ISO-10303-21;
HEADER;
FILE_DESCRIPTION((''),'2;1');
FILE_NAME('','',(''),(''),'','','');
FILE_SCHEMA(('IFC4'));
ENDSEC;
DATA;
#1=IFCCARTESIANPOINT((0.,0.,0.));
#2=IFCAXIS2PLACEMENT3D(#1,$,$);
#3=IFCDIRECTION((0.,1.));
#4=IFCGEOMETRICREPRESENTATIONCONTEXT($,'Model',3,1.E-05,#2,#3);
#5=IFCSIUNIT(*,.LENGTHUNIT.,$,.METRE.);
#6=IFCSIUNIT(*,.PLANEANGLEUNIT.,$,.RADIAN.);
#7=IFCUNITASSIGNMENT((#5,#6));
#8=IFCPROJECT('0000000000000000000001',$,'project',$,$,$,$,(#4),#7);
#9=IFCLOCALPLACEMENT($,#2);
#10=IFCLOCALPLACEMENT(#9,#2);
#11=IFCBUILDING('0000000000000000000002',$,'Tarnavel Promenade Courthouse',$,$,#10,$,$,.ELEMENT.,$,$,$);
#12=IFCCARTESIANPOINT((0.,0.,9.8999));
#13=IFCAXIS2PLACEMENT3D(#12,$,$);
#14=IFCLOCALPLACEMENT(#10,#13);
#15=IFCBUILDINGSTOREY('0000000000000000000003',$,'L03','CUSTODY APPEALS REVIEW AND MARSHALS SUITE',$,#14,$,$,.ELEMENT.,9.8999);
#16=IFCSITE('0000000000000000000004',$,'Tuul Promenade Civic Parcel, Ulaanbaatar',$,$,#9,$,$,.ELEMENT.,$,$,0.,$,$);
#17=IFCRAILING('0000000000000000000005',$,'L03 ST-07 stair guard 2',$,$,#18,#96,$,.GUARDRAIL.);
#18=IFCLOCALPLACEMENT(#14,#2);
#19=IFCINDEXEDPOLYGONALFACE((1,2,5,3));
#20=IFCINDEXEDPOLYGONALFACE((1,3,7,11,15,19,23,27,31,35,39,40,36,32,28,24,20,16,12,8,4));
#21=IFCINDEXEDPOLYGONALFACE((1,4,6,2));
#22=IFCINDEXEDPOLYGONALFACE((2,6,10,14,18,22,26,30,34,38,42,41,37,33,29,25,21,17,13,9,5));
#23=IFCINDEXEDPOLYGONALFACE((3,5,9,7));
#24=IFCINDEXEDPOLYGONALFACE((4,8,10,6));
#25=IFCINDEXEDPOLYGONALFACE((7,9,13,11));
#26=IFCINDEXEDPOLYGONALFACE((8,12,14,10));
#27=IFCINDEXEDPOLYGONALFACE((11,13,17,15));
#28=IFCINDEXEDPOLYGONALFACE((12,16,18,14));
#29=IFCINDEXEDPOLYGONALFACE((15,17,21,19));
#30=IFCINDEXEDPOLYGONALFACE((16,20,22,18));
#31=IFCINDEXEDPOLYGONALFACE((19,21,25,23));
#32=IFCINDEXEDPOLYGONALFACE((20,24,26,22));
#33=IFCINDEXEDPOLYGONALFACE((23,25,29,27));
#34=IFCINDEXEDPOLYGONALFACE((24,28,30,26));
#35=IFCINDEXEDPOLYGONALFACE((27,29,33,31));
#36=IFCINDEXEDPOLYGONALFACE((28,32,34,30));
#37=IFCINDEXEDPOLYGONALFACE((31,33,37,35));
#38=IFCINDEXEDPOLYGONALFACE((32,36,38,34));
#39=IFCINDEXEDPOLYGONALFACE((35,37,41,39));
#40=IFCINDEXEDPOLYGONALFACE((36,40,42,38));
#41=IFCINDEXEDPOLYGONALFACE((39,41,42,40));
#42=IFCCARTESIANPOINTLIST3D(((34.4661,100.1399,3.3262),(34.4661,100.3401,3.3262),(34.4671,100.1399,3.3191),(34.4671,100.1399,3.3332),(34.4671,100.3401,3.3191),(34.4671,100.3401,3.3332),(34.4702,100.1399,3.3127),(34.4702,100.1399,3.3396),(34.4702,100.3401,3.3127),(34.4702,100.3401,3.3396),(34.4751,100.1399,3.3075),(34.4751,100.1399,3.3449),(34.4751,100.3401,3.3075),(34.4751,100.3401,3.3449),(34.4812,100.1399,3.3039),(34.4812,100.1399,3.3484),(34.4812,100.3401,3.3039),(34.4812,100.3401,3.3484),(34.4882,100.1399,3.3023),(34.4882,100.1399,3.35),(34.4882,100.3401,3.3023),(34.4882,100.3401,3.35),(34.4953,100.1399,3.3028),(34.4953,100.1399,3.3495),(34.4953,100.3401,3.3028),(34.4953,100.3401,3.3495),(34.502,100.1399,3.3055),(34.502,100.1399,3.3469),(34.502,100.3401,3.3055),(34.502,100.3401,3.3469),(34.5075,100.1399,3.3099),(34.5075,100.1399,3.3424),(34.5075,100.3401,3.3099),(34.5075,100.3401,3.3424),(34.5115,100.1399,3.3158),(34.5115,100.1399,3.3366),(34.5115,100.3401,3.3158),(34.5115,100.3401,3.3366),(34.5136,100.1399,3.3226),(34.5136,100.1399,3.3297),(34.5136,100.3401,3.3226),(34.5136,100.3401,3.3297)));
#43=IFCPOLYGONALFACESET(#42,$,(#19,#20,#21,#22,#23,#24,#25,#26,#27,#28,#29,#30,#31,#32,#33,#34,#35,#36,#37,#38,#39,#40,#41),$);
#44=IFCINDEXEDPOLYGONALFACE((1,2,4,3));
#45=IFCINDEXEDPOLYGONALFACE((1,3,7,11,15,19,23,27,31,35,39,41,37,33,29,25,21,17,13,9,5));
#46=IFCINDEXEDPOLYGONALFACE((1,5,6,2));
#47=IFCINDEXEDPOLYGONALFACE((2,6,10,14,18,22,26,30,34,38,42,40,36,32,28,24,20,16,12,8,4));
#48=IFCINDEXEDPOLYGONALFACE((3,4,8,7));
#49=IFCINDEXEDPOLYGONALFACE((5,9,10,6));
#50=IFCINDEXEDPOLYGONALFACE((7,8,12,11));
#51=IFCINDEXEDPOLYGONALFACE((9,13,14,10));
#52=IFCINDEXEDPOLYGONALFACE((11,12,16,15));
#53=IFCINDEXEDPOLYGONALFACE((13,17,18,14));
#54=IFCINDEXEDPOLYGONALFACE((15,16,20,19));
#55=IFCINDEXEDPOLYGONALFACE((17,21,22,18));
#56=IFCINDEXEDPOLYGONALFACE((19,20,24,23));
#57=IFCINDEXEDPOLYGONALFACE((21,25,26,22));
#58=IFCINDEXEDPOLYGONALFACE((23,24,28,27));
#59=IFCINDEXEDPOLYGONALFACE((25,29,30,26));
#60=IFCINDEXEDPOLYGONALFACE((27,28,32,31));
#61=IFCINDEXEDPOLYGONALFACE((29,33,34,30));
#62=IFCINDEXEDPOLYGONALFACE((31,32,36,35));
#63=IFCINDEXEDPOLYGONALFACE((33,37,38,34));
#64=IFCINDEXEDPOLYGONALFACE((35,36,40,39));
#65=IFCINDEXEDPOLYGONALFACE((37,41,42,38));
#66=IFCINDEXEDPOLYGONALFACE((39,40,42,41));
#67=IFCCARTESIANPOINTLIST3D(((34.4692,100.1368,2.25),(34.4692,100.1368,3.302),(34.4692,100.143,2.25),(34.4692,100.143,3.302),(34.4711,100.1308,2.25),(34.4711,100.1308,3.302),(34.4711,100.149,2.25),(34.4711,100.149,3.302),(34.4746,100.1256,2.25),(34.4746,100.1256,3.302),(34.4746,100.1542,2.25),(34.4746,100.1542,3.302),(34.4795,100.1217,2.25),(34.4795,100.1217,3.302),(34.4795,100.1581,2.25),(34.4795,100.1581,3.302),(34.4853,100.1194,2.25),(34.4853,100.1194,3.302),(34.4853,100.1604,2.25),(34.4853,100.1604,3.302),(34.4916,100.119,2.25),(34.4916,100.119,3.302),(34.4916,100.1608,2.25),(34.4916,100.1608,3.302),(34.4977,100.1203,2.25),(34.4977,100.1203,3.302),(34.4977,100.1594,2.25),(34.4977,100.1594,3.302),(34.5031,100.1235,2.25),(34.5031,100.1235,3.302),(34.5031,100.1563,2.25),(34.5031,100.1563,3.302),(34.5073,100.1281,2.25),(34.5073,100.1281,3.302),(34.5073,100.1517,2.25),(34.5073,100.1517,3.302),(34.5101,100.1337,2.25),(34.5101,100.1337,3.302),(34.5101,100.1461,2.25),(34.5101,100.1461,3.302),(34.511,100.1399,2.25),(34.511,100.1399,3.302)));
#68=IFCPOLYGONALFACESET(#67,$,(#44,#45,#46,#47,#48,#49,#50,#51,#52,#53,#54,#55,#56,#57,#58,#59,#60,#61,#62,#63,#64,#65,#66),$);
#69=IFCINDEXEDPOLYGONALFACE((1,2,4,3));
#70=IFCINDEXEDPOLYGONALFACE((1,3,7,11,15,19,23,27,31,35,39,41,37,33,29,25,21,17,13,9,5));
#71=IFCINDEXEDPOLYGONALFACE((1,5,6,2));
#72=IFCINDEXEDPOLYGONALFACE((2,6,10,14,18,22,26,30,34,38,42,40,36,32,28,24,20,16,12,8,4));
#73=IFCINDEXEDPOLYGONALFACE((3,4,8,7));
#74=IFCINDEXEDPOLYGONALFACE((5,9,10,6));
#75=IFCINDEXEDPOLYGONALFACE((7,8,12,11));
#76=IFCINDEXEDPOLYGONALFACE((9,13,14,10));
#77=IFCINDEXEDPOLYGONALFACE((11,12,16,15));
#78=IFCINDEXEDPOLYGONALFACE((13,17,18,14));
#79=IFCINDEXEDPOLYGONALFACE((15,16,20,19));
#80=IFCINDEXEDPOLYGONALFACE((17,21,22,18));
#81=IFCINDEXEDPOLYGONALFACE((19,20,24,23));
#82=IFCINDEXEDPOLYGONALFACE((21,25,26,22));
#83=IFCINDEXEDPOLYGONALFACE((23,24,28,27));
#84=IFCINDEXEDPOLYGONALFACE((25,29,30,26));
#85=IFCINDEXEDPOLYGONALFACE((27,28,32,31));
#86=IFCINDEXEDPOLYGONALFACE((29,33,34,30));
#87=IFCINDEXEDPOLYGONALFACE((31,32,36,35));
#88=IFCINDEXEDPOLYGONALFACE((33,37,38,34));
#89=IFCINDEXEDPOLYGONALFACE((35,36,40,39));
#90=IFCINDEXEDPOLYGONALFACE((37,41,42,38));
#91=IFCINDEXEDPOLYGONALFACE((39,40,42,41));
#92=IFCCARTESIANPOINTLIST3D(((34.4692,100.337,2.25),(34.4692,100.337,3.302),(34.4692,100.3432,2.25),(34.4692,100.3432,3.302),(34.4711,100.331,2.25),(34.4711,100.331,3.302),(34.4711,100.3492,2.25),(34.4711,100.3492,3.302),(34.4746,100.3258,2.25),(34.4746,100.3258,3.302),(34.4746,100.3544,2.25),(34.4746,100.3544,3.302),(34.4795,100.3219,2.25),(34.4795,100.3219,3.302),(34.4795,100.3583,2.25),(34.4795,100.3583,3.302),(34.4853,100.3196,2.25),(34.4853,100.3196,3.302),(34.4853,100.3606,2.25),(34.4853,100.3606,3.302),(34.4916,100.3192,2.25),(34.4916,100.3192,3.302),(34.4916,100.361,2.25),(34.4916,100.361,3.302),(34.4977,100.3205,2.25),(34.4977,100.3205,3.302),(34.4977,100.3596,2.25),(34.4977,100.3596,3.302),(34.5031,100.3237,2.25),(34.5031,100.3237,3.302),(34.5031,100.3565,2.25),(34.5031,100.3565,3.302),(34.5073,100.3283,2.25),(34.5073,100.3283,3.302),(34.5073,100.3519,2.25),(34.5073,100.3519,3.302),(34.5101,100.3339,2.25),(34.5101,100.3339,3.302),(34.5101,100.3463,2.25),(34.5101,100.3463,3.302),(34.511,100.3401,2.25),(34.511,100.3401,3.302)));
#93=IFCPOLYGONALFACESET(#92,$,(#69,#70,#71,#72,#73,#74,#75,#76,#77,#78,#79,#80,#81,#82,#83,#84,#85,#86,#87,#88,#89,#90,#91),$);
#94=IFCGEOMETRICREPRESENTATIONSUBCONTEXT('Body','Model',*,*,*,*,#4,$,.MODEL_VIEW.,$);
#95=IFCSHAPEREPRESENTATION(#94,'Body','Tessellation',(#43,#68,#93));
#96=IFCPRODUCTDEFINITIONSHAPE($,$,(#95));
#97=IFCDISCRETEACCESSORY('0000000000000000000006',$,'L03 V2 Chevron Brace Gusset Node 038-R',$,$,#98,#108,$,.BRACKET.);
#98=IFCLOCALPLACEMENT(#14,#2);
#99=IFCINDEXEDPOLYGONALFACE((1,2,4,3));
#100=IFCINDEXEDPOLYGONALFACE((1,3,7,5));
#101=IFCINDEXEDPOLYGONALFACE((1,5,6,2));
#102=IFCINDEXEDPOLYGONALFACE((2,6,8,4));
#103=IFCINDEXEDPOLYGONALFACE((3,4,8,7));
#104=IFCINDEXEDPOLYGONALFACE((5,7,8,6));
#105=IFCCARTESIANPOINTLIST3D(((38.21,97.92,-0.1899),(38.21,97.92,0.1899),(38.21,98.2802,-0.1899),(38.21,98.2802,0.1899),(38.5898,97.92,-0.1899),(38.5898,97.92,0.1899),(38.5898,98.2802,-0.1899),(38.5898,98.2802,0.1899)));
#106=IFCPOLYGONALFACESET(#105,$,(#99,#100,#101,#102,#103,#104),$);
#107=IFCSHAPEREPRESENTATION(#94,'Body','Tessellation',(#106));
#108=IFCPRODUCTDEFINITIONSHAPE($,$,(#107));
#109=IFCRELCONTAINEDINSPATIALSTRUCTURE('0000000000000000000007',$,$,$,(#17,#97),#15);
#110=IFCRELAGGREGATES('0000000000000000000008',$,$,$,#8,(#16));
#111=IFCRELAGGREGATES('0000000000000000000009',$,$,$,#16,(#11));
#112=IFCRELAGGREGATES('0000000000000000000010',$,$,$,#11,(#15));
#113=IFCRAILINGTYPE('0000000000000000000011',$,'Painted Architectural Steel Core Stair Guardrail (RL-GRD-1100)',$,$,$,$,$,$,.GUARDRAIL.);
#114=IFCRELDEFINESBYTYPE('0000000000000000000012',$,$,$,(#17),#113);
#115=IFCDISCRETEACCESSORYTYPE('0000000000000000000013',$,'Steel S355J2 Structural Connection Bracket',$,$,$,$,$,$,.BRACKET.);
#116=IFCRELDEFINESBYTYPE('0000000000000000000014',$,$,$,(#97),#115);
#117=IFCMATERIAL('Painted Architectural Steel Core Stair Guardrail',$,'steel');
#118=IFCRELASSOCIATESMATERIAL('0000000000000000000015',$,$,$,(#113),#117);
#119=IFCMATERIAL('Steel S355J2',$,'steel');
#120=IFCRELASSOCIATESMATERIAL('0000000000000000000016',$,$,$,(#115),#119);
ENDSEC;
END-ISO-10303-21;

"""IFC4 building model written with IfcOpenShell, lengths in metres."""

from ifc_helpers import new_model, si_unit, direction, frame, origin, origin_2d, place, context, subcontext, project, spatial, rectangle, circle, extrude, material, type_object, element, save


model = new_model("IFC4")

# Units and contexts
model_context = context("Model", 3, precision=1e-05, world=origin(), true_north=direction((0.0, 1.0)))
body_context = subcontext(model_context, "Body", "Model", "MODEL_VIEW")
ifc_project = project(units=[si_unit("LENGTHUNIT", "METRE"), si_unit("PLANEANGLEUNIT", "RADIAN")], contexts=[model_context])

# Site, building, storey
site_placement = place(None, origin())
site = spatial("IfcSite", under=ifc_project, at=site_placement, Name="Tuul Promenade Civic Parcel, Ulaanbaatar", CompositionType="ELEMENT", RefElevation=0.0)
building_placement = place(site_placement, origin())
building = spatial("IfcBuilding", under=site, at=building_placement, Name="Tarnavel Promenade Courthouse", CompositionType="ELEMENT")
storey_placement = place(building_placement, frame((0.0, 0.0, 9.8999)))
storey = spatial("IfcBuildingStorey", under=building, at=storey_placement, Name="L03", Description="CUSTODY APPEALS REVIEW AND MARSHALS SUITE", CompositionType="ELEMENT", Elevation=9.8999)

# Railing
ifc_material_1 = material(Name="Painted Architectural Steel Core Stair Guardrail", Category="steel")
railing_type_1 = type_object("IfcRailingType", Name="Painted Architectural Steel Core Stair Guardrail (RL-GRD-1100)", PredefinedType="GUARDRAIL", material=ifc_material_1)
railing_1_placement = place(storey_placement, frame((34.49, 100.1399, 2.25)))
element("IfcRailing", 1, at=railing_1_placement, inside=storey, type_object=railing_type_1, Name="L03 ST-07 stair guard 2", PredefinedType="GUARDRAIL", context=body_context, shape_type="SweptSolid", body=[
    extrude(circle(Radius=0.0239, at=origin_2d()), frame((0.0, 0.0, 1.0762), z_axis=(0.0, 1.0, 0.0), x_axis=(-1.0, 0.0, 0.0)), (0.0, 0.0, 1.0), 0.2002),
    extrude(circle(Radius=0.021, at=origin_2d()), origin(), (0.0, 0.0, 1.0), 1.052),
    extrude(circle(Radius=0.021, at=origin_2d()), frame((0.0, 0.2002, 0.0)), (0.0, 0.0, 1.0), 1.052),
])

# Discrete accessory
ifc_material_2 = material(Name="Steel S355J2", Category="steel")
discrete_accessory_type = type_object("IfcDiscreteAccessoryType", Name="Steel S355J2 Structural Connection Bracket", PredefinedType="BRACKET", material=ifc_material_2)
discrete_accessory_placement = place(storey_placement, frame((38.3999, 98.1001, -0.1899), z_axis=(0.0, 0.0, 1.0), x_axis=(1.0, 0.0, 0.0)))
element("IfcDiscreteAccessory", 2, at=discrete_accessory_placement, inside=storey, type_object=discrete_accessory_type, Name="L03 V2 Chevron Brace Gusset Node 038-R", PredefinedType="BRACKET", context=body_context, shape_type="SweptSolid", body=[
    extrude(rectangle(XDim=0.3799, YDim=0.3601, at=origin_2d()), origin(), (0.0, 0.0, 1.0), 0.3799),
])

save(model, "model.ifc")
